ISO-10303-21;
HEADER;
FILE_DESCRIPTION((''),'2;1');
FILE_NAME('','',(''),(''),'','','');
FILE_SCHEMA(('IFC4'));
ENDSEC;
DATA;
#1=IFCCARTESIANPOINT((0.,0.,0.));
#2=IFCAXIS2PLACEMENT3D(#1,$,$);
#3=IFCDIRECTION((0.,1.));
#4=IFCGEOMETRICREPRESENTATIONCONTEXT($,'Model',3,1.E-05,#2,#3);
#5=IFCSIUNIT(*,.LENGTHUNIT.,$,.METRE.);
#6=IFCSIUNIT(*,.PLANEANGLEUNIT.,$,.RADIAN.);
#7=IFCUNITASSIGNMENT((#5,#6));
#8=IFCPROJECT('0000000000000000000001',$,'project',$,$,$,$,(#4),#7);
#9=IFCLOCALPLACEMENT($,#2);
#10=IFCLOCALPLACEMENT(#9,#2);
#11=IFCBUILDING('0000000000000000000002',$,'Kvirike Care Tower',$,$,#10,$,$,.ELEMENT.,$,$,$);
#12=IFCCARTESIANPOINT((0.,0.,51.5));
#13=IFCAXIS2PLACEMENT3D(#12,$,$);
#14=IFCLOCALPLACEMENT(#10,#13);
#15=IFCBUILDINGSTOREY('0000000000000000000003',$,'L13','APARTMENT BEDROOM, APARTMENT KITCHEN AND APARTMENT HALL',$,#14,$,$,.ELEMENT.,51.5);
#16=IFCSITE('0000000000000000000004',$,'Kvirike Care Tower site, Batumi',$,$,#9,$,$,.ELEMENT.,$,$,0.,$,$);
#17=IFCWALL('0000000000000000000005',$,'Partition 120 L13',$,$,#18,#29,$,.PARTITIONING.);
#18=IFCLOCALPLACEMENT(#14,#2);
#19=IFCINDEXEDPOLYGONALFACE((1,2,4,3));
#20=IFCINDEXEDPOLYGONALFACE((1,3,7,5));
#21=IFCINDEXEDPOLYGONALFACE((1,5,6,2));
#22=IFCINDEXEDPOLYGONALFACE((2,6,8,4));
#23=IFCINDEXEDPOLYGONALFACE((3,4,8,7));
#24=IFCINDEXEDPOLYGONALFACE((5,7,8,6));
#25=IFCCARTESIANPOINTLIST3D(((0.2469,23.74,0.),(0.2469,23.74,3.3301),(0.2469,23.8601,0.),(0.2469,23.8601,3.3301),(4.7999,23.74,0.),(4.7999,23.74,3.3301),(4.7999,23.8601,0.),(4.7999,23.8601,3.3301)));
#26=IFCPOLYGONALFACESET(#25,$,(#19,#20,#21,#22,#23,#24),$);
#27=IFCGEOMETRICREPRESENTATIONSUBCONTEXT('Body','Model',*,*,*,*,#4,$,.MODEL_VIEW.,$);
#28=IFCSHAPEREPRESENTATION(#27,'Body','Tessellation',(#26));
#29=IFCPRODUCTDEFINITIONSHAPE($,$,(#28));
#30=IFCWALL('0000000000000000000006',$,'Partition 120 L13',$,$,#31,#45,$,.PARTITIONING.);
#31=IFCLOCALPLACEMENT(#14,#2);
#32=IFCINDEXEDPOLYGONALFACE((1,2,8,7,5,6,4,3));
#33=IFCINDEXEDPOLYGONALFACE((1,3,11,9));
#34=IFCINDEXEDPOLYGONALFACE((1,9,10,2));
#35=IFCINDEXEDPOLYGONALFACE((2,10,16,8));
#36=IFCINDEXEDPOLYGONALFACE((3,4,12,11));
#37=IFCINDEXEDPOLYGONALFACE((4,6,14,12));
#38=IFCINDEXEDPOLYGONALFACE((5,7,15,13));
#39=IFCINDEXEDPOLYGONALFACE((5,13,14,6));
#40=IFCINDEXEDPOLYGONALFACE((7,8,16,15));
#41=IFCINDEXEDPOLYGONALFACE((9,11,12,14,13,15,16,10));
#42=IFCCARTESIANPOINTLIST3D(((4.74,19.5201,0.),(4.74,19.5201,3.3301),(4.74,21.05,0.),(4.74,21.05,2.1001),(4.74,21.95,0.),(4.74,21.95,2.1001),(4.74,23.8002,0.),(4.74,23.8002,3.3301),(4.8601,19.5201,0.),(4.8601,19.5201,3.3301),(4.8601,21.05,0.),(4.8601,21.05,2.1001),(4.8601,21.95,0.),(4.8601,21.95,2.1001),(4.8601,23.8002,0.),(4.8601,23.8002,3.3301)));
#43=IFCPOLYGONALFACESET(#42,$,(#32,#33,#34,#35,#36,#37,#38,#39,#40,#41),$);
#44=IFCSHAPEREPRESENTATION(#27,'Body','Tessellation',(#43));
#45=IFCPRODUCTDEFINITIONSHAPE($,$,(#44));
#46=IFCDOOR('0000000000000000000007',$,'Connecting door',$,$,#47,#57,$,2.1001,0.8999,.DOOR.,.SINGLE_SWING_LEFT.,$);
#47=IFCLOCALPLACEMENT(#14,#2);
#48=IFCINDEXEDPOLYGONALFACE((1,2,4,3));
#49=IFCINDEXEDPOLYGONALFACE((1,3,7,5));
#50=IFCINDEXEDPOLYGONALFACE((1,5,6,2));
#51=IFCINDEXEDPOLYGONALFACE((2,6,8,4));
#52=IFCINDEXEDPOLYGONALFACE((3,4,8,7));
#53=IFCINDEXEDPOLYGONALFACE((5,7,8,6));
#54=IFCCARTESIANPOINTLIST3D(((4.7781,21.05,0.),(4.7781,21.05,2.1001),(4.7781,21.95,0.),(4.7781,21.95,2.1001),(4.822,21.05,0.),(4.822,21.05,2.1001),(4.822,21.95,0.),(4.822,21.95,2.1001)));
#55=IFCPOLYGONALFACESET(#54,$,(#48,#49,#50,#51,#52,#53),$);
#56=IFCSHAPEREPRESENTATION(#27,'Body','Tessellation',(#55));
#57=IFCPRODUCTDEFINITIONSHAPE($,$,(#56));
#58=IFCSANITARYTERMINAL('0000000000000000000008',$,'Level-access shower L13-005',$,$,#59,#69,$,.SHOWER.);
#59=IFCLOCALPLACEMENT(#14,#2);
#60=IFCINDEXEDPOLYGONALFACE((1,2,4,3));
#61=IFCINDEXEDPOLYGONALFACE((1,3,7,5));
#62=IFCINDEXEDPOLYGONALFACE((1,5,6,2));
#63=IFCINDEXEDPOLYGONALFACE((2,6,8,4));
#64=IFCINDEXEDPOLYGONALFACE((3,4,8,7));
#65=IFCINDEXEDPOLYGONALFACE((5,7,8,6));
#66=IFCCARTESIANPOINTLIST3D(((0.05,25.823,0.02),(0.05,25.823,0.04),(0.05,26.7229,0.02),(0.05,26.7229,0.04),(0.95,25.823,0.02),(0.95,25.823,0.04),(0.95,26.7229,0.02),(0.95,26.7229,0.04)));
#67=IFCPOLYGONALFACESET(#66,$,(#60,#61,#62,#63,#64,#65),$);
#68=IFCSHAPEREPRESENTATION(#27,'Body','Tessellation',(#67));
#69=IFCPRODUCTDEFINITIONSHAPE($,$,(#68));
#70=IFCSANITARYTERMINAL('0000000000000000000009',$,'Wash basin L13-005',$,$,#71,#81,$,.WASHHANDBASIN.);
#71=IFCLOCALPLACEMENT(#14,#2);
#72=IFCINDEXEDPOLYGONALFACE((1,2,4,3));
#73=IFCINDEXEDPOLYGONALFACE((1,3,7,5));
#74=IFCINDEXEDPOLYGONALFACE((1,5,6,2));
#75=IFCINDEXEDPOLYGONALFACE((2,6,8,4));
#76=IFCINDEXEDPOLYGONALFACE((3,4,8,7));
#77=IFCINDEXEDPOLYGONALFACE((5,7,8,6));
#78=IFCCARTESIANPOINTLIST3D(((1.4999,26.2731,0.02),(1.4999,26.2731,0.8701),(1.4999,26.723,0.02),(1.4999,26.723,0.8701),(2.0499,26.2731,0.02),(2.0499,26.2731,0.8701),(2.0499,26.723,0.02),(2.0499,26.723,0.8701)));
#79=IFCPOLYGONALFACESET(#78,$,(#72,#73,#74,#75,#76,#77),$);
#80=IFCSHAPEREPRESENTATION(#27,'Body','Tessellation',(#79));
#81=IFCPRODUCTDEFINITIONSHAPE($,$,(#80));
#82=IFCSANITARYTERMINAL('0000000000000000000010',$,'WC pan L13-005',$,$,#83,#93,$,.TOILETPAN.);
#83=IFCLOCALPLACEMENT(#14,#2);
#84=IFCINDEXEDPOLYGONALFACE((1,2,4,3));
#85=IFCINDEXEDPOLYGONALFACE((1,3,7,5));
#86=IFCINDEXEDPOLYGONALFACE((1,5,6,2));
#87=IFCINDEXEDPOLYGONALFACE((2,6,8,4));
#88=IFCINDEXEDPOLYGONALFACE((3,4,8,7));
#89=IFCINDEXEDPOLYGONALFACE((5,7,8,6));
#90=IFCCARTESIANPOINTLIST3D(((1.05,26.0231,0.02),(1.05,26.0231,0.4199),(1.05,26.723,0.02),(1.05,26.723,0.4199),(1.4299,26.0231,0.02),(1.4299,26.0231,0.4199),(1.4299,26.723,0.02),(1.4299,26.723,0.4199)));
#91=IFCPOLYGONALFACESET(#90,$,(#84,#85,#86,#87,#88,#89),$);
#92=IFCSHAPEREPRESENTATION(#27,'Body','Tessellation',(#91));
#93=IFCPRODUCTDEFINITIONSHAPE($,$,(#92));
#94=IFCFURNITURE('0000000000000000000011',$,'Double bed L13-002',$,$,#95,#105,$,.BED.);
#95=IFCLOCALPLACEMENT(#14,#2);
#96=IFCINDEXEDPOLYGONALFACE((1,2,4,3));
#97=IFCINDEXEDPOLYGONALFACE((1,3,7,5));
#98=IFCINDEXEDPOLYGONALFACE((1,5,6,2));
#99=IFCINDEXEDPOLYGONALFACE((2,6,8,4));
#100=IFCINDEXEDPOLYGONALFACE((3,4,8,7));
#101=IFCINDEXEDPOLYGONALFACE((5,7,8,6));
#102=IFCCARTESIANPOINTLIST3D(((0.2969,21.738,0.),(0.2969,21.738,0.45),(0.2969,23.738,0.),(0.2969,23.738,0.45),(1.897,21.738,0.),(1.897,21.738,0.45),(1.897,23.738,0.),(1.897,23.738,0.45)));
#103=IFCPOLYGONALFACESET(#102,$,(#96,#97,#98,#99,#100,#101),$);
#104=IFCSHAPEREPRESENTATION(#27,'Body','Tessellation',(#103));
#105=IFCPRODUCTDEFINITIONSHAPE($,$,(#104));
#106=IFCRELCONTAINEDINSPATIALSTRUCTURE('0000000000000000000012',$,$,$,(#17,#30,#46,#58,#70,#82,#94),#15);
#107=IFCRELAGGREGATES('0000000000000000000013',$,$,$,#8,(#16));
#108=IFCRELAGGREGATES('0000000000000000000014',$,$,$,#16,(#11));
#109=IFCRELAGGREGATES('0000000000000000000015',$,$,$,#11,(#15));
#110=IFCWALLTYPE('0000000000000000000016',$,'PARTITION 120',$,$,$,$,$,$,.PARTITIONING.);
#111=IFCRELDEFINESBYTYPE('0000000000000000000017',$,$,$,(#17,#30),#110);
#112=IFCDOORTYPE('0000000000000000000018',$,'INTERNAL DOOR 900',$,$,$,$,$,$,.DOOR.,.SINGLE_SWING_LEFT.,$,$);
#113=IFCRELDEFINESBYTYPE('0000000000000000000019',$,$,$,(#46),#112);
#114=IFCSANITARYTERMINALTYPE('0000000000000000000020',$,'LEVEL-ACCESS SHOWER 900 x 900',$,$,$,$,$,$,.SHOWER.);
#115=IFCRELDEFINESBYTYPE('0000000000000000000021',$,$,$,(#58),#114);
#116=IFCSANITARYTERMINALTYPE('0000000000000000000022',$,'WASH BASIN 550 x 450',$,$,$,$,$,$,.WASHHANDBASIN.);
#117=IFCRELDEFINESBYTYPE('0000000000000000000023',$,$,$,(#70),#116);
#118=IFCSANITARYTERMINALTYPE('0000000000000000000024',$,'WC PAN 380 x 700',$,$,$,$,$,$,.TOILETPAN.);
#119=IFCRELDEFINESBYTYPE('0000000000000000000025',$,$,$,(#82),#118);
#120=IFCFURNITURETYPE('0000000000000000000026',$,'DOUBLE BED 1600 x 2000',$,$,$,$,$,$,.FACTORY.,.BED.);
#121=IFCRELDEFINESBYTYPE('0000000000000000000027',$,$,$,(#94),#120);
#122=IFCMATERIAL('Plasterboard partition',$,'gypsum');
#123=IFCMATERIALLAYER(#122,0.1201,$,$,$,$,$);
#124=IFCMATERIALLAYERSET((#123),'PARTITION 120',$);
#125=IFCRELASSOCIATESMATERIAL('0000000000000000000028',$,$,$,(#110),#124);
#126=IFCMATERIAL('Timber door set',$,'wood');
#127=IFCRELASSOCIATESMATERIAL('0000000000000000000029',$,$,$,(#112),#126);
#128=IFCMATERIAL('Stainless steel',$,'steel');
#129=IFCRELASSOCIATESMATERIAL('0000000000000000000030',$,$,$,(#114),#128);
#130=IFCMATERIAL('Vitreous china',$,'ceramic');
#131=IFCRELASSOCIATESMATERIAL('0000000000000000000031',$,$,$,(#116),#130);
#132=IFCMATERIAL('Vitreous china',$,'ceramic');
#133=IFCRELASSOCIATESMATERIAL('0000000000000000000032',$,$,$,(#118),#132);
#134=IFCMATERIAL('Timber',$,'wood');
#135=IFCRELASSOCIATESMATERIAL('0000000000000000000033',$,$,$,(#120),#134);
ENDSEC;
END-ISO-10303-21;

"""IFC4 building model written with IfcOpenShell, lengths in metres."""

from ifc_helpers import new_model, si_unit, direction, frame, frame_2d, origin, origin_2d, place, context, subcontext, project, spatial, rectangle, extrude, material, layer, layer_set, type_object, element, fill, save


model = new_model("IFC4")

# Units and contexts
model_context = context("Model", 3, precision=1e-05, world=origin(), true_north=direction((0.0, 1.0)))
body_context = subcontext(model_context, "Body", "Model", "MODEL_VIEW")
ifc_project = project(units=[si_unit("LENGTHUNIT", "METRE"), si_unit("PLANEANGLEUNIT", "RADIAN")], contexts=[model_context])

# Site, building, storey
site_placement = place(None, origin())
site = spatial("IfcSite", under=ifc_project, at=site_placement, Name="Kvirike Care Tower site, Batumi", CompositionType="ELEMENT", RefElevation=0.0)
building_placement = place(site_placement, origin())
building = spatial("IfcBuilding", under=site, at=building_placement, Name="Kvirike Care Tower", CompositionType="ELEMENT")
storey_placement = place(building_placement, frame((0.0, 0.0, 51.5)))
storey = spatial("IfcBuildingStorey", under=building, at=storey_placement, Name="L13", Description="APARTMENT BEDROOM, APARTMENT KITCHEN AND APARTMENT HALL", CompositionType="ELEMENT", Elevation=51.5)

# Wall
ifc_material_1 = material(Name="Plasterboard partition", Category="gypsum")
ifc_layer_1 = layer(ifc_material_1, 0.1201)
ifc_layer_set_1 = layer_set([ifc_layer_1], Name="PARTITION 120")
wall_type_1 = type_object("IfcWallType", Name="PARTITION 120", PredefinedType="PARTITIONING", material=ifc_layer_set_1)
wall_1_placement = place(storey_placement, frame((0.2471, 23.8, 0.0), z_axis=(0.0, 0.0, 1.0), x_axis=(1.0, 0.0, 0.0)))
element("IfcWall", 1, at=wall_1_placement, inside=storey, type_object=wall_type_1, Name="Partition 120 L13", PredefinedType="PARTITIONING", context=body_context, shape_type="SweptSolid", body=[
    extrude(rectangle(XDim=4.553, YDim=0.1201, at=frame_2d((2.2764, 0.0))), origin(), (0.0, 0.0, 1.0), 3.3301),
])

# Wall, opening, door
wall_2_placement = place(storey_placement, frame((4.8, 19.52, 0.0), z_axis=(0.0, 0.0, 1.0), x_axis=(0.0, 1.0, 0.0)))
wall_2 = element("IfcWall", 2, at=wall_2_placement, inside=storey, type_object=wall_type_1, Name="Partition 120 L13", PredefinedType="PARTITIONING", context=body_context, shape_type="SweptSolid", body=[
    extrude(rectangle(XDim=4.28, YDim=0.1201, at=frame_2d((2.1401, 0.0))), origin(), (0.0, 0.0, 1.0), 3.3301),
])
opening_1_placement = place(wall_2_placement, frame((1.53, 0.0, 0.0)))
opening_1 = element("IfcOpeningElement", 3, at=opening_1_placement, cuts=wall_2, PredefinedType="OPENING", context=body_context, shape_type="SweptSolid", body=[
    extrude(rectangle(XDim=0.8999, YDim=2.1001, at=frame_2d((0.45, 1.05))), frame((0.0, 0.0706, 0.0), z_axis=(0.0, -1.0, 0.0), x_axis=(1.0, 0.0, 0.0)), (0.0, 0.0, 1.0), 0.1411),
])
ifc_material_2 = material(Name="Timber door set", Category="wood")
door_type_1 = type_object("IfcDoorType", Name="INTERNAL DOOR 900", OperationType="SINGLE_SWING_LEFT", PredefinedType="DOOR", material=ifc_material_2)
door_1_placement = place(opening_1_placement, origin())
door_1 = element("IfcDoor", 4, at=door_1_placement, inside=storey, type_object=door_type_1, Name="Connecting door", OperationType="SINGLE_SWING_LEFT", OverallHeight=2.1001, OverallWidth=0.8999, PredefinedType="DOOR", context=body_context, shape_type="SweptSolid", body=[
    extrude(rectangle(XDim=0.8999, YDim=2.1001, at=frame_2d((0.45, 1.05))), frame((0.0, 0.022, 0.0), z_axis=(0.0, -1.0, 0.0), x_axis=(1.0, 0.0, 0.0)), (0.0, 0.0, 1.0), 0.0439),
])
fill(opening_1, door_1)

# Sanitary terminals
ifc_material_3 = material(Name="Stainless steel", Category="steel")
sanitary_terminal_type_1 = type_object("IfcSanitaryTerminalType", Name="LEVEL-ACCESS SHOWER 900 x 900", PredefinedType="SHOWER", material=ifc_material_3)
sanitary_terminal_1_placement = place(storey_placement, frame((0.5, 26.2729, 0.02), z_axis=(0.0, 0.0, 1.0), x_axis=(1.0, 0.0, 0.0)))
element("IfcSanitaryTerminal", 5, at=sanitary_terminal_1_placement, inside=storey, type_object=sanitary_terminal_type_1, Name="Level-access shower L13-005", PredefinedType="SHOWER", context=body_context, shape_type="SweptSolid", body=[
    extrude(rectangle(XDim=0.8999, YDim=0.8999, at=origin_2d()), origin(), (0.0, 0.0, 1.0), 0.02),
])
ifc_material_4 = material(Name="Vitreous china", Category="ceramic")
sanitary_terminal_type_2 = type_object("IfcSanitaryTerminalType", Name="WASH BASIN 550 x 450", PredefinedType="WASHHANDBASIN", material=ifc_material_4)
sanitary_terminal_2_placement = place(storey_placement, frame((1.7749, 26.498, 0.02), z_axis=(0.0, 0.0, 1.0), x_axis=(1.0, 0.0, 0.0)))
element("IfcSanitaryTerminal", 6, at=sanitary_terminal_2_placement, inside=storey, type_object=sanitary_terminal_type_2, Name="Wash basin L13-005", PredefinedType="WASHHANDBASIN", context=body_context, shape_type="SweptSolid", body=[
    extrude(rectangle(XDim=0.55, YDim=0.45, at=origin_2d()), origin(), (0.0, 0.0, 1.0), 0.8501),
])
ifc_material_5 = material(Name="Vitreous china", Category="ceramic")
sanitary_terminal_type_3 = type_object("IfcSanitaryTerminalType", Name="WC PAN 380 x 700", PredefinedType="TOILETPAN", material=ifc_material_5)
sanitary_terminal_3_placement = place(storey_placement, frame((1.24, 26.373, 0.02), z_axis=(0.0, 0.0, 1.0), x_axis=(1.0, 0.0, 0.0)))
element("IfcSanitaryTerminal", 7, at=sanitary_terminal_3_placement, inside=storey, type_object=sanitary_terminal_type_3, Name="WC pan L13-005", PredefinedType="TOILETPAN", context=body_context, shape_type="SweptSolid", body=[
    extrude(rectangle(XDim=0.3799, YDim=0.7, at=origin_2d()), origin(), (0.0, 0.0, 1.0), 0.3999),
])

# Furniture
ifc_material_6 = material(Name="Timber", Category="wood")
furniture_type = type_object("IfcFurnitureType", Name="DOUBLE BED 1600 x 2000", AssemblyPlace="FACTORY", PredefinedType="BED", material=ifc_material_6)
furniture_placement = place(storey_placement, frame((1.0969, 22.738, 0.0), z_axis=(0.0, 0.0, 1.0), x_axis=(1.0, 0.0, 0.0)))
element("IfcFurniture", 8, at=furniture_placement, inside=storey, type_object=furniture_type, Name="Double bed L13-002", PredefinedType="BED", context=body_context, shape_type="SweptSolid", body=[
    extrude(rectangle(XDim=1.6001, YDim=2.0, at=origin_2d()), origin(), (0.0, 0.0, 1.0), 0.45),
])

save(model, "model.ifc")
